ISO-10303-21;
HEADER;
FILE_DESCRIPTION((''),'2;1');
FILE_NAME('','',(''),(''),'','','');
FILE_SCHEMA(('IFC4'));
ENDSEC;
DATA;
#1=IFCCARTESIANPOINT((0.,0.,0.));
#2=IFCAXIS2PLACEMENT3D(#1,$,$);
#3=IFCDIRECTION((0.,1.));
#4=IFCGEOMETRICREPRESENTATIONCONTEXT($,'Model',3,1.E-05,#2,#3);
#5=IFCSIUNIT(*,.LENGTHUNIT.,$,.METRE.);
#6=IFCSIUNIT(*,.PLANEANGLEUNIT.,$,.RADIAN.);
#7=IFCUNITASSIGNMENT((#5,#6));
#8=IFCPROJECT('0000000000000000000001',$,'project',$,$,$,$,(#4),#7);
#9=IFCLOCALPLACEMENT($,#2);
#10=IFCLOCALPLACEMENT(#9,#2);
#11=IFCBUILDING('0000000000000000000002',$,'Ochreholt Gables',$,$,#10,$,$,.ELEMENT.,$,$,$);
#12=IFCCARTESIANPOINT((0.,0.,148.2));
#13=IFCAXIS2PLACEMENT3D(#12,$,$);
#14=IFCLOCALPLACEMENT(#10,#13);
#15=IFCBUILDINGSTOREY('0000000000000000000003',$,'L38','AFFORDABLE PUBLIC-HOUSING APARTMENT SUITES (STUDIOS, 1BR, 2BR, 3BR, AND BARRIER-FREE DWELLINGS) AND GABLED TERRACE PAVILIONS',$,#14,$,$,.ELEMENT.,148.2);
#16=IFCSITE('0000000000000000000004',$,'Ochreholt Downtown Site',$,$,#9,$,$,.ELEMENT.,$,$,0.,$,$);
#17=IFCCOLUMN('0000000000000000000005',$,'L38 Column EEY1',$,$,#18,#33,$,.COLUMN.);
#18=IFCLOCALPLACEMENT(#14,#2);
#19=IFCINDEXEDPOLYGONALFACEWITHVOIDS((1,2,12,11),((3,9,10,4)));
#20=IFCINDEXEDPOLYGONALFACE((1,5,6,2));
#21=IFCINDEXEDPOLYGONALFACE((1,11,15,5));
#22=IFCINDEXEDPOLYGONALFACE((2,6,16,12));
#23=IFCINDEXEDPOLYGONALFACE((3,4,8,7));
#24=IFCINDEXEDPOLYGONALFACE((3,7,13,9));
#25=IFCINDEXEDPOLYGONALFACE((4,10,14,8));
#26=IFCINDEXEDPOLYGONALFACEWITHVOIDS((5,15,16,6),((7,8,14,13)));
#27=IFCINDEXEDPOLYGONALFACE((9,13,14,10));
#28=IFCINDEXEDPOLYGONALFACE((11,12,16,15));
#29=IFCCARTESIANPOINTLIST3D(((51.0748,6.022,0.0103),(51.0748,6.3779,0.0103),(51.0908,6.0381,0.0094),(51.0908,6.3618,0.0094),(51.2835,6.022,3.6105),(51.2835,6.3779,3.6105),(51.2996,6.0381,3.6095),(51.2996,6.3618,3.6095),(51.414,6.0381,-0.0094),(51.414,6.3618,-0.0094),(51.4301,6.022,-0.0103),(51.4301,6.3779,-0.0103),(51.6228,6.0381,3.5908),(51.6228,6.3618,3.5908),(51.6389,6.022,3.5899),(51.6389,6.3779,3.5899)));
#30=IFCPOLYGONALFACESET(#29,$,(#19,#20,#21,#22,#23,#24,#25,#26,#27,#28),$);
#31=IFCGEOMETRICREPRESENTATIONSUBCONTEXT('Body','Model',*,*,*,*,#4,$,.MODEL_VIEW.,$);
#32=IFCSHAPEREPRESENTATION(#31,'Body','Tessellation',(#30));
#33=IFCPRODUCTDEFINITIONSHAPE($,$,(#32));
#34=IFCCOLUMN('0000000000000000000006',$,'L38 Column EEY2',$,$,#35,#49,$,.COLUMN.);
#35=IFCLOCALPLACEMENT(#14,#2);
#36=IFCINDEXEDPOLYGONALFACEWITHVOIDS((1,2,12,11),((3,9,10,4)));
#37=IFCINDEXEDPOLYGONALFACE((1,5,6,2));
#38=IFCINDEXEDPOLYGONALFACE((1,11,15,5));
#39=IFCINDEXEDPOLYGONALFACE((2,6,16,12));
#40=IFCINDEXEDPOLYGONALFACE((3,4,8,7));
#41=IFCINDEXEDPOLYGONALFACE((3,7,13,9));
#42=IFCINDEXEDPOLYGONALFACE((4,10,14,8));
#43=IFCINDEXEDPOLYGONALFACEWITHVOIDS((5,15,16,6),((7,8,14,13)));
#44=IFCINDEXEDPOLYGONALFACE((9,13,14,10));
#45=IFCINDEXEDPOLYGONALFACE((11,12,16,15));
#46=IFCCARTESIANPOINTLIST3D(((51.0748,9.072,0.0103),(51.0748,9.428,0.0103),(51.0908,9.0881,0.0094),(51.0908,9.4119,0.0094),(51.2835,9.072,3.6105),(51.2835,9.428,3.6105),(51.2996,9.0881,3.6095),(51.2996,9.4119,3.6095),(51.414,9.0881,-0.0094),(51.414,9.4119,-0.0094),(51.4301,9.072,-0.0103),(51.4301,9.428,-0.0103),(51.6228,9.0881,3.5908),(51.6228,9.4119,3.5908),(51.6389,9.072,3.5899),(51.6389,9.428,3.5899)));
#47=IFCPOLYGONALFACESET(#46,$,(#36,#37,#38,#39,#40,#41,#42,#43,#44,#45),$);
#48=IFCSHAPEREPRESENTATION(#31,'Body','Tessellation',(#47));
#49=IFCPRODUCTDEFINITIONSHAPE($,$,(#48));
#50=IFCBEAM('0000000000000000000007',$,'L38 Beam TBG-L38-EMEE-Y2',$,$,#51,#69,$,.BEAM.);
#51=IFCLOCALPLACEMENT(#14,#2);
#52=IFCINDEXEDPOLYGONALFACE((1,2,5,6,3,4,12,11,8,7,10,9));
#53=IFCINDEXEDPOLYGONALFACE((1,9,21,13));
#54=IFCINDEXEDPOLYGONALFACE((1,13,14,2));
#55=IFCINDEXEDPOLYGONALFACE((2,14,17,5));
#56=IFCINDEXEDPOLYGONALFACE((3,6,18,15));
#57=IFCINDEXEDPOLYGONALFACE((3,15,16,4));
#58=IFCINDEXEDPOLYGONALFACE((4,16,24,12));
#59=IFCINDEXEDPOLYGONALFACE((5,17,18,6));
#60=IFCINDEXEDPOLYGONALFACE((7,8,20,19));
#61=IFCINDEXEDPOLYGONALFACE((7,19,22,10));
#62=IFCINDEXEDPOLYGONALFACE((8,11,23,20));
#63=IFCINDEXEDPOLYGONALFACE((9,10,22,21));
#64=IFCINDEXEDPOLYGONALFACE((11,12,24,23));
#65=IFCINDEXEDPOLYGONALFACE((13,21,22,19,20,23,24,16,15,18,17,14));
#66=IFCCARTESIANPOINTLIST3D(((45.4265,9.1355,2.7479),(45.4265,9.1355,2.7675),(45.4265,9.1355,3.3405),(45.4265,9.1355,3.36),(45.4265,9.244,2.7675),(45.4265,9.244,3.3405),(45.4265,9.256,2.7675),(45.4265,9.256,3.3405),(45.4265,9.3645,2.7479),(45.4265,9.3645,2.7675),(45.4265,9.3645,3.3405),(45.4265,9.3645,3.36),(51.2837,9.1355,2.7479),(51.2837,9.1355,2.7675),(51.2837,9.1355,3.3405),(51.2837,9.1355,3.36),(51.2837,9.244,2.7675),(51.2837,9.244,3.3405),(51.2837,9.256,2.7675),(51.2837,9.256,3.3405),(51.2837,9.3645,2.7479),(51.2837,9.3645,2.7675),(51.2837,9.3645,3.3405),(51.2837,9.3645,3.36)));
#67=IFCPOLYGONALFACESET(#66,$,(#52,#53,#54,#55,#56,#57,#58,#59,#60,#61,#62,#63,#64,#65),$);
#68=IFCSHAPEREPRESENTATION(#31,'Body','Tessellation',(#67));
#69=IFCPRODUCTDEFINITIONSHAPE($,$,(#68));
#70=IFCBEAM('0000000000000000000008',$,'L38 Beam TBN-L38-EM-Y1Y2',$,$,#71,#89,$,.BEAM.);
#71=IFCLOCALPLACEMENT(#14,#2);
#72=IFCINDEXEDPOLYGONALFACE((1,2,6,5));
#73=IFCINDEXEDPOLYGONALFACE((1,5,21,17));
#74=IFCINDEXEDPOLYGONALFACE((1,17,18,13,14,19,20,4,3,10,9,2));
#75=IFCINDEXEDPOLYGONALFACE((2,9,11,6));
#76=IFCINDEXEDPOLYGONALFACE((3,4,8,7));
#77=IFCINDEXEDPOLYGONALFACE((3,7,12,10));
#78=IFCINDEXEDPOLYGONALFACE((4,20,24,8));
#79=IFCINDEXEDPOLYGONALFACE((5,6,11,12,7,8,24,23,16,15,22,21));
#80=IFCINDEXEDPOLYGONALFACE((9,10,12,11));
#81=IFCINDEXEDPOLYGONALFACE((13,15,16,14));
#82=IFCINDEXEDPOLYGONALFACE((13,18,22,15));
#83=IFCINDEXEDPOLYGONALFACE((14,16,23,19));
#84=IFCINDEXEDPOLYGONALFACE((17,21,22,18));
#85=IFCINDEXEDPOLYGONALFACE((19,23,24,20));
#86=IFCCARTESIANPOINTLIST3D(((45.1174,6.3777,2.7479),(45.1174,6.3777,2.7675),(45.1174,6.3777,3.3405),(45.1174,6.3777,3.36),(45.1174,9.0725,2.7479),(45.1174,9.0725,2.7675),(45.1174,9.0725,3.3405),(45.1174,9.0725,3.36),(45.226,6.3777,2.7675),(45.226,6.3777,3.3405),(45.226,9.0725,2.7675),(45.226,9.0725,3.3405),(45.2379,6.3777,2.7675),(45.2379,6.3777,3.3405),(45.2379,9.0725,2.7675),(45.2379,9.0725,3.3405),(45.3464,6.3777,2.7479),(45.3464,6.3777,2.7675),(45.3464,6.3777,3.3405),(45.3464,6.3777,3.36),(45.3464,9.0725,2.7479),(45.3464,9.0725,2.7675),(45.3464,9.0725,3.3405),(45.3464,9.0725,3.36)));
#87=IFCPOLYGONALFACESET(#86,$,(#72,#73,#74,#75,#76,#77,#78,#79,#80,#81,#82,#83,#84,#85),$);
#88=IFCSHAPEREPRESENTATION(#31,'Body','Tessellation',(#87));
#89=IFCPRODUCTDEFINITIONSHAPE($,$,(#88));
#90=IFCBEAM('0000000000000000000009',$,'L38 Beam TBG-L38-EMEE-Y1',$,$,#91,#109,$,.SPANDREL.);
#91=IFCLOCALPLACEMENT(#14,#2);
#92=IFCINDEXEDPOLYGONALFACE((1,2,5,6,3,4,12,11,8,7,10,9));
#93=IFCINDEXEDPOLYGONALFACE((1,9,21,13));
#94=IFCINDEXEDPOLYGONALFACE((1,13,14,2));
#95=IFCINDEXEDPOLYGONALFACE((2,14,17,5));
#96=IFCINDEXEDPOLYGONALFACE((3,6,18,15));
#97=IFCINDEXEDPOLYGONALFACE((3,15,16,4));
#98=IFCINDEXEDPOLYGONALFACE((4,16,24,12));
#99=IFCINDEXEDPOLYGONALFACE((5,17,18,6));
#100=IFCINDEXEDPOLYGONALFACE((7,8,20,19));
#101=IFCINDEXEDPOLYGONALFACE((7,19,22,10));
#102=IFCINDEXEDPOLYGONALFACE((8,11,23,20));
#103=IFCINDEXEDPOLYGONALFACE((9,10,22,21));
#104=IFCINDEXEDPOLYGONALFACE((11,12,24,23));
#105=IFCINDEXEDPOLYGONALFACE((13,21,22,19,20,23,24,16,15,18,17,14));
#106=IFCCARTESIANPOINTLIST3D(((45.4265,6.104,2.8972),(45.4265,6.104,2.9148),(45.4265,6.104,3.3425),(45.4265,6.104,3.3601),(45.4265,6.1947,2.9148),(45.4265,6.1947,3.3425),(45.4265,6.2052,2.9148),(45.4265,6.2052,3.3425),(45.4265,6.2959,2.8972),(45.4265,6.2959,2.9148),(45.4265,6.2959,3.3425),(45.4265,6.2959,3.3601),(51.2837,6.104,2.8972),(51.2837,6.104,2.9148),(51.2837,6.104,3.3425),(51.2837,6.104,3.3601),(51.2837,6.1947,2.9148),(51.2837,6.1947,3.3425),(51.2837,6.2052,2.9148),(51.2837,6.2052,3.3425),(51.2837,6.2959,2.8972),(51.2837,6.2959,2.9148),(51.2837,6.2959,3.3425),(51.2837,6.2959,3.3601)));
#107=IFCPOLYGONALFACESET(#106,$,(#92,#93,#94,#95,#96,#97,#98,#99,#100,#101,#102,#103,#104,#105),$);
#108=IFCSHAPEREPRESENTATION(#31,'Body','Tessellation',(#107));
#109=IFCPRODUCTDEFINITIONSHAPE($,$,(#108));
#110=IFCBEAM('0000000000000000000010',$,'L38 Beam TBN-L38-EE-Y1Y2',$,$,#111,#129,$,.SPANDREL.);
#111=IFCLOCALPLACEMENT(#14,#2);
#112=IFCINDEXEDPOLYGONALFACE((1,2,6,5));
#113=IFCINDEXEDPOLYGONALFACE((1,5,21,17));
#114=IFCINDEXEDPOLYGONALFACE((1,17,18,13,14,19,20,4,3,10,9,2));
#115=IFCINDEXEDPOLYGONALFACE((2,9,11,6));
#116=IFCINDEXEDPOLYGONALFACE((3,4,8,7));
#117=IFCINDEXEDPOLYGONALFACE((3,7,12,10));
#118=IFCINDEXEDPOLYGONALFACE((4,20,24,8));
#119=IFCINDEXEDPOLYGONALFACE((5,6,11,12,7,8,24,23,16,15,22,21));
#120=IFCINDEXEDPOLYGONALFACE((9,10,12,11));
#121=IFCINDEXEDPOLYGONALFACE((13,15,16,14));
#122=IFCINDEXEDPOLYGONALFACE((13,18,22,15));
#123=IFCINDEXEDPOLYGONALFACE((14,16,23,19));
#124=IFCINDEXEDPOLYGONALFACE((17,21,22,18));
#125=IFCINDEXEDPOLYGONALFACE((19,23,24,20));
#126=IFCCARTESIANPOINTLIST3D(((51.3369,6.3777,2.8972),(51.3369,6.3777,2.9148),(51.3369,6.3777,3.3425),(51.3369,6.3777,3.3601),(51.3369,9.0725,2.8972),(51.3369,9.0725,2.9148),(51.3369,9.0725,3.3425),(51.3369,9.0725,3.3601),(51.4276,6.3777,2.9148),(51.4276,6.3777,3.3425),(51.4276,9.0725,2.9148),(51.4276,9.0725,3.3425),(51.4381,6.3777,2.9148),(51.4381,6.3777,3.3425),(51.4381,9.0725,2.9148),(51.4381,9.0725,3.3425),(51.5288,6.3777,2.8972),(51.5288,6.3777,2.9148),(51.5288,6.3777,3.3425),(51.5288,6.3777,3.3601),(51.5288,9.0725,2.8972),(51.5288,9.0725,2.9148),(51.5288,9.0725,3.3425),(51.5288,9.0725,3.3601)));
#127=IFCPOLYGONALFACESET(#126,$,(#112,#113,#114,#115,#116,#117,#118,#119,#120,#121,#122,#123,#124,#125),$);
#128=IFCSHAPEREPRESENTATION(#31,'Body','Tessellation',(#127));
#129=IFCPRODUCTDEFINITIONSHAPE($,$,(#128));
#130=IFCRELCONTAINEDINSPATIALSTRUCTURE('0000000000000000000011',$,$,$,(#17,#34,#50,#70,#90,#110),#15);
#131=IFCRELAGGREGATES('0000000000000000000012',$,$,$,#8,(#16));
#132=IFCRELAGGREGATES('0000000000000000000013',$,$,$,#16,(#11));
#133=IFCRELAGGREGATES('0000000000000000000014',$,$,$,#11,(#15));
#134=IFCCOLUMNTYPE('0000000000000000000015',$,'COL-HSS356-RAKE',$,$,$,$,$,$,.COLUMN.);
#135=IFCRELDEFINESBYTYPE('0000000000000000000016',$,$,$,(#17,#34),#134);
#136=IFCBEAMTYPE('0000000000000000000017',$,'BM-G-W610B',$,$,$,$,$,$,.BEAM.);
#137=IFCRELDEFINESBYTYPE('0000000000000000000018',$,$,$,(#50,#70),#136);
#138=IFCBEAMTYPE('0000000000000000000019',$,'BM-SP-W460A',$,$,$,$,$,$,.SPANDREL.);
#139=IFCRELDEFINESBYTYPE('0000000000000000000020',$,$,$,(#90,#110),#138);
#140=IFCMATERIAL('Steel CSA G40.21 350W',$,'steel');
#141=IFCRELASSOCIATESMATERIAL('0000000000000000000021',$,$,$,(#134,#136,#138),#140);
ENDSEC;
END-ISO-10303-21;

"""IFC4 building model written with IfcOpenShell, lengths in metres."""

from ifc_helpers import new_model, si_unit, direction, frame, origin, origin_2d, place, context, subcontext, project, spatial, hollow_rectangle, i_section, extrude, material, material_profile, profile_set, type_object, element, save


model = new_model("IFC4")

# Units and contexts
model_context = context("Model", 3, precision=1e-05, world=origin(), true_north=direction((0.0, 1.0)))
body_context = subcontext(model_context, "Body", "Model", "MODEL_VIEW")
ifc_project = project(units=[si_unit("LENGTHUNIT", "METRE"), si_unit("PLANEANGLEUNIT", "RADIAN")], contexts=[model_context])

# Site, building, storey
site_placement = place(None, origin())
site = spatial("IfcSite", under=ifc_project, at=site_placement, Name="Ochreholt Downtown Site", CompositionType="ELEMENT", RefElevation=0.0)
building_placement = place(site_placement, origin())
building = spatial("IfcBuilding", under=site, at=building_placement, Name="Ochreholt Gables", CompositionType="ELEMENT")
storey_placement = place(building_placement, frame((0.0, 0.0, 148.2)))
storey = spatial("IfcBuildingStorey", under=building, at=storey_placement, Name="L38", Description="AFFORDABLE PUBLIC-HOUSING APARTMENT SUITES (STUDIOS, 1BR, 2BR, 3BR, AND BARRIER-FREE DWELLINGS) AND GABLED TERRACE PAVILIONS", CompositionType="ELEMENT", Elevation=148.2)

# Columns
ifc_material_1 = material(Name="Steel CSA G40.21 350W", Category="steel")
ifc_material_profile_1 = material_profile(ifc_material_1, hollow_rectangle(XDim=0.356, YDim=0.356, WallThickness=0.0161, at=origin_2d()), Name="HSS356X356X16")
ifc_profile_set_1 = profile_set([ifc_material_profile_1], Name="Steel CSA G40.21 350W")
column_type = type_object("IfcColumnType", Name="COL-HSS356-RAKE", PredefinedType="COLUMN", material=ifc_profile_set_1)
for number, where, z_axis, x_axis, name in (
    (1, (51.2524, 6.2, 0.0), (0.057885, 0.0, 0.998323), (0.0, 1.0, 0.0), "L38 Column EEY1"),
    (2, (51.2524, 9.25, 0.0), (0.057885, 0.0, 0.998323), (0.0, 1.0, 0.0), "L38 Column EEY2"),
):
    element("IfcColumn", number, at=place(storey_placement, frame(where, z_axis=z_axis, x_axis=x_axis)), inside=storey, type_object=column_type, Name=name, PredefinedType="COLUMN", context=body_context, shape_type="SweptSolid", body=[
        extrude(hollow_rectangle(XDim=0.356, YDim=0.356, WallThickness=0.0161, at=origin_2d()), origin(), (0.0, 0.0, 1.0), 3.6062),
    ])

# Beams
ifc_material_profile_2 = material_profile(ifc_material_1, i_section(OverallWidth=0.229, OverallDepth=0.6121, WebThickness=0.012, FlangeThickness=0.0195, at=origin_2d()), Name="W610X125")
ifc_profile_set_2 = profile_set([ifc_material_profile_2], Name="Steel CSA G40.21 350W")
beam_type_1 = type_object("IfcBeamType", Name="BM-G-W610B", PredefinedType="BEAM", material=ifc_profile_set_2)
beam_1_placement = place(storey_placement, frame((45.4265, 9.25, 3.054), z_axis=(1.0, 0.0, 0.0), x_axis=(0.0, 1.0, 0.0)))
element("IfcBeam", 3, at=beam_1_placement, inside=storey, type_object=beam_type_1, Name="L38 Beam TBG-L38-EMEE-Y2", PredefinedType="BEAM", context=body_context, shape_type="SweptSolid", body=[
    extrude(i_section(OverallWidth=0.229, OverallDepth=0.6121, WebThickness=0.012, FlangeThickness=0.0195, at=origin_2d()), origin(), (0.0, 0.0, 1.0), 5.8572),
])
beam_2_placement = place(storey_placement, frame((45.2319, 6.3777, 3.054), z_axis=(0.0, 1.0, 0.0), x_axis=(-1.0, 0.0, 0.0)))
element("IfcBeam", 4, at=beam_2_placement, inside=storey, type_object=beam_type_1, Name="L38 Beam TBN-L38-EM-Y1Y2", PredefinedType="BEAM", context=body_context, shape_type="SweptSolid", body=[
    extrude(i_section(OverallWidth=0.229, OverallDepth=0.6121, WebThickness=0.012, FlangeThickness=0.0195, at=origin_2d()), origin(), (0.0, 0.0, 1.0), 2.6948),
])
ifc_material_profile_3 = material_profile(ifc_material_1, i_section(OverallWidth=0.1919, OverallDepth=0.4629, WebThickness=0.0105, FlangeThickness=0.0176, at=origin_2d()), Name="W460X89")
ifc_profile_set_3 = profile_set([ifc_material_profile_3], Name="Steel CSA G40.21 350W")
beam_type_2 = type_object("IfcBeamType", Name="BM-SP-W460A", PredefinedType="SPANDREL", material=ifc_profile_set_3)
beam_3_placement = place(storey_placement, frame((45.4265, 6.2, 3.1287), z_axis=(1.0, 0.0, 0.0), x_axis=(0.0, 1.0, 0.0)))
element("IfcBeam", 5, at=beam_3_placement, inside=storey, type_object=beam_type_2, Name="L38 Beam TBG-L38-EMEE-Y1", PredefinedType="SPANDREL", context=body_context, shape_type="SweptSolid", body=[
    extrude(i_section(OverallWidth=0.1919, OverallDepth=0.4629, WebThickness=0.0105, FlangeThickness=0.0176, at=origin_2d()), origin(), (0.0, 0.0, 1.0), 5.8572),
])
beam_4_placement = place(storey_placement, frame((51.4329, 6.3777, 3.1287), z_axis=(0.0, 1.0, 0.0), x_axis=(-1.0, 0.0, 0.0)))
element("IfcBeam", 6, at=beam_4_placement, inside=storey, type_object=beam_type_2, Name="L38 Beam TBN-L38-EE-Y1Y2", PredefinedType="SPANDREL", context=body_context, shape_type="SweptSolid", body=[
    extrude(i_section(OverallWidth=0.1919, OverallDepth=0.4629, WebThickness=0.0105, FlangeThickness=0.0176, at=origin_2d()), origin(), (0.0, 0.0, 1.0), 2.6948),
])

save(model, "model.ifc")
